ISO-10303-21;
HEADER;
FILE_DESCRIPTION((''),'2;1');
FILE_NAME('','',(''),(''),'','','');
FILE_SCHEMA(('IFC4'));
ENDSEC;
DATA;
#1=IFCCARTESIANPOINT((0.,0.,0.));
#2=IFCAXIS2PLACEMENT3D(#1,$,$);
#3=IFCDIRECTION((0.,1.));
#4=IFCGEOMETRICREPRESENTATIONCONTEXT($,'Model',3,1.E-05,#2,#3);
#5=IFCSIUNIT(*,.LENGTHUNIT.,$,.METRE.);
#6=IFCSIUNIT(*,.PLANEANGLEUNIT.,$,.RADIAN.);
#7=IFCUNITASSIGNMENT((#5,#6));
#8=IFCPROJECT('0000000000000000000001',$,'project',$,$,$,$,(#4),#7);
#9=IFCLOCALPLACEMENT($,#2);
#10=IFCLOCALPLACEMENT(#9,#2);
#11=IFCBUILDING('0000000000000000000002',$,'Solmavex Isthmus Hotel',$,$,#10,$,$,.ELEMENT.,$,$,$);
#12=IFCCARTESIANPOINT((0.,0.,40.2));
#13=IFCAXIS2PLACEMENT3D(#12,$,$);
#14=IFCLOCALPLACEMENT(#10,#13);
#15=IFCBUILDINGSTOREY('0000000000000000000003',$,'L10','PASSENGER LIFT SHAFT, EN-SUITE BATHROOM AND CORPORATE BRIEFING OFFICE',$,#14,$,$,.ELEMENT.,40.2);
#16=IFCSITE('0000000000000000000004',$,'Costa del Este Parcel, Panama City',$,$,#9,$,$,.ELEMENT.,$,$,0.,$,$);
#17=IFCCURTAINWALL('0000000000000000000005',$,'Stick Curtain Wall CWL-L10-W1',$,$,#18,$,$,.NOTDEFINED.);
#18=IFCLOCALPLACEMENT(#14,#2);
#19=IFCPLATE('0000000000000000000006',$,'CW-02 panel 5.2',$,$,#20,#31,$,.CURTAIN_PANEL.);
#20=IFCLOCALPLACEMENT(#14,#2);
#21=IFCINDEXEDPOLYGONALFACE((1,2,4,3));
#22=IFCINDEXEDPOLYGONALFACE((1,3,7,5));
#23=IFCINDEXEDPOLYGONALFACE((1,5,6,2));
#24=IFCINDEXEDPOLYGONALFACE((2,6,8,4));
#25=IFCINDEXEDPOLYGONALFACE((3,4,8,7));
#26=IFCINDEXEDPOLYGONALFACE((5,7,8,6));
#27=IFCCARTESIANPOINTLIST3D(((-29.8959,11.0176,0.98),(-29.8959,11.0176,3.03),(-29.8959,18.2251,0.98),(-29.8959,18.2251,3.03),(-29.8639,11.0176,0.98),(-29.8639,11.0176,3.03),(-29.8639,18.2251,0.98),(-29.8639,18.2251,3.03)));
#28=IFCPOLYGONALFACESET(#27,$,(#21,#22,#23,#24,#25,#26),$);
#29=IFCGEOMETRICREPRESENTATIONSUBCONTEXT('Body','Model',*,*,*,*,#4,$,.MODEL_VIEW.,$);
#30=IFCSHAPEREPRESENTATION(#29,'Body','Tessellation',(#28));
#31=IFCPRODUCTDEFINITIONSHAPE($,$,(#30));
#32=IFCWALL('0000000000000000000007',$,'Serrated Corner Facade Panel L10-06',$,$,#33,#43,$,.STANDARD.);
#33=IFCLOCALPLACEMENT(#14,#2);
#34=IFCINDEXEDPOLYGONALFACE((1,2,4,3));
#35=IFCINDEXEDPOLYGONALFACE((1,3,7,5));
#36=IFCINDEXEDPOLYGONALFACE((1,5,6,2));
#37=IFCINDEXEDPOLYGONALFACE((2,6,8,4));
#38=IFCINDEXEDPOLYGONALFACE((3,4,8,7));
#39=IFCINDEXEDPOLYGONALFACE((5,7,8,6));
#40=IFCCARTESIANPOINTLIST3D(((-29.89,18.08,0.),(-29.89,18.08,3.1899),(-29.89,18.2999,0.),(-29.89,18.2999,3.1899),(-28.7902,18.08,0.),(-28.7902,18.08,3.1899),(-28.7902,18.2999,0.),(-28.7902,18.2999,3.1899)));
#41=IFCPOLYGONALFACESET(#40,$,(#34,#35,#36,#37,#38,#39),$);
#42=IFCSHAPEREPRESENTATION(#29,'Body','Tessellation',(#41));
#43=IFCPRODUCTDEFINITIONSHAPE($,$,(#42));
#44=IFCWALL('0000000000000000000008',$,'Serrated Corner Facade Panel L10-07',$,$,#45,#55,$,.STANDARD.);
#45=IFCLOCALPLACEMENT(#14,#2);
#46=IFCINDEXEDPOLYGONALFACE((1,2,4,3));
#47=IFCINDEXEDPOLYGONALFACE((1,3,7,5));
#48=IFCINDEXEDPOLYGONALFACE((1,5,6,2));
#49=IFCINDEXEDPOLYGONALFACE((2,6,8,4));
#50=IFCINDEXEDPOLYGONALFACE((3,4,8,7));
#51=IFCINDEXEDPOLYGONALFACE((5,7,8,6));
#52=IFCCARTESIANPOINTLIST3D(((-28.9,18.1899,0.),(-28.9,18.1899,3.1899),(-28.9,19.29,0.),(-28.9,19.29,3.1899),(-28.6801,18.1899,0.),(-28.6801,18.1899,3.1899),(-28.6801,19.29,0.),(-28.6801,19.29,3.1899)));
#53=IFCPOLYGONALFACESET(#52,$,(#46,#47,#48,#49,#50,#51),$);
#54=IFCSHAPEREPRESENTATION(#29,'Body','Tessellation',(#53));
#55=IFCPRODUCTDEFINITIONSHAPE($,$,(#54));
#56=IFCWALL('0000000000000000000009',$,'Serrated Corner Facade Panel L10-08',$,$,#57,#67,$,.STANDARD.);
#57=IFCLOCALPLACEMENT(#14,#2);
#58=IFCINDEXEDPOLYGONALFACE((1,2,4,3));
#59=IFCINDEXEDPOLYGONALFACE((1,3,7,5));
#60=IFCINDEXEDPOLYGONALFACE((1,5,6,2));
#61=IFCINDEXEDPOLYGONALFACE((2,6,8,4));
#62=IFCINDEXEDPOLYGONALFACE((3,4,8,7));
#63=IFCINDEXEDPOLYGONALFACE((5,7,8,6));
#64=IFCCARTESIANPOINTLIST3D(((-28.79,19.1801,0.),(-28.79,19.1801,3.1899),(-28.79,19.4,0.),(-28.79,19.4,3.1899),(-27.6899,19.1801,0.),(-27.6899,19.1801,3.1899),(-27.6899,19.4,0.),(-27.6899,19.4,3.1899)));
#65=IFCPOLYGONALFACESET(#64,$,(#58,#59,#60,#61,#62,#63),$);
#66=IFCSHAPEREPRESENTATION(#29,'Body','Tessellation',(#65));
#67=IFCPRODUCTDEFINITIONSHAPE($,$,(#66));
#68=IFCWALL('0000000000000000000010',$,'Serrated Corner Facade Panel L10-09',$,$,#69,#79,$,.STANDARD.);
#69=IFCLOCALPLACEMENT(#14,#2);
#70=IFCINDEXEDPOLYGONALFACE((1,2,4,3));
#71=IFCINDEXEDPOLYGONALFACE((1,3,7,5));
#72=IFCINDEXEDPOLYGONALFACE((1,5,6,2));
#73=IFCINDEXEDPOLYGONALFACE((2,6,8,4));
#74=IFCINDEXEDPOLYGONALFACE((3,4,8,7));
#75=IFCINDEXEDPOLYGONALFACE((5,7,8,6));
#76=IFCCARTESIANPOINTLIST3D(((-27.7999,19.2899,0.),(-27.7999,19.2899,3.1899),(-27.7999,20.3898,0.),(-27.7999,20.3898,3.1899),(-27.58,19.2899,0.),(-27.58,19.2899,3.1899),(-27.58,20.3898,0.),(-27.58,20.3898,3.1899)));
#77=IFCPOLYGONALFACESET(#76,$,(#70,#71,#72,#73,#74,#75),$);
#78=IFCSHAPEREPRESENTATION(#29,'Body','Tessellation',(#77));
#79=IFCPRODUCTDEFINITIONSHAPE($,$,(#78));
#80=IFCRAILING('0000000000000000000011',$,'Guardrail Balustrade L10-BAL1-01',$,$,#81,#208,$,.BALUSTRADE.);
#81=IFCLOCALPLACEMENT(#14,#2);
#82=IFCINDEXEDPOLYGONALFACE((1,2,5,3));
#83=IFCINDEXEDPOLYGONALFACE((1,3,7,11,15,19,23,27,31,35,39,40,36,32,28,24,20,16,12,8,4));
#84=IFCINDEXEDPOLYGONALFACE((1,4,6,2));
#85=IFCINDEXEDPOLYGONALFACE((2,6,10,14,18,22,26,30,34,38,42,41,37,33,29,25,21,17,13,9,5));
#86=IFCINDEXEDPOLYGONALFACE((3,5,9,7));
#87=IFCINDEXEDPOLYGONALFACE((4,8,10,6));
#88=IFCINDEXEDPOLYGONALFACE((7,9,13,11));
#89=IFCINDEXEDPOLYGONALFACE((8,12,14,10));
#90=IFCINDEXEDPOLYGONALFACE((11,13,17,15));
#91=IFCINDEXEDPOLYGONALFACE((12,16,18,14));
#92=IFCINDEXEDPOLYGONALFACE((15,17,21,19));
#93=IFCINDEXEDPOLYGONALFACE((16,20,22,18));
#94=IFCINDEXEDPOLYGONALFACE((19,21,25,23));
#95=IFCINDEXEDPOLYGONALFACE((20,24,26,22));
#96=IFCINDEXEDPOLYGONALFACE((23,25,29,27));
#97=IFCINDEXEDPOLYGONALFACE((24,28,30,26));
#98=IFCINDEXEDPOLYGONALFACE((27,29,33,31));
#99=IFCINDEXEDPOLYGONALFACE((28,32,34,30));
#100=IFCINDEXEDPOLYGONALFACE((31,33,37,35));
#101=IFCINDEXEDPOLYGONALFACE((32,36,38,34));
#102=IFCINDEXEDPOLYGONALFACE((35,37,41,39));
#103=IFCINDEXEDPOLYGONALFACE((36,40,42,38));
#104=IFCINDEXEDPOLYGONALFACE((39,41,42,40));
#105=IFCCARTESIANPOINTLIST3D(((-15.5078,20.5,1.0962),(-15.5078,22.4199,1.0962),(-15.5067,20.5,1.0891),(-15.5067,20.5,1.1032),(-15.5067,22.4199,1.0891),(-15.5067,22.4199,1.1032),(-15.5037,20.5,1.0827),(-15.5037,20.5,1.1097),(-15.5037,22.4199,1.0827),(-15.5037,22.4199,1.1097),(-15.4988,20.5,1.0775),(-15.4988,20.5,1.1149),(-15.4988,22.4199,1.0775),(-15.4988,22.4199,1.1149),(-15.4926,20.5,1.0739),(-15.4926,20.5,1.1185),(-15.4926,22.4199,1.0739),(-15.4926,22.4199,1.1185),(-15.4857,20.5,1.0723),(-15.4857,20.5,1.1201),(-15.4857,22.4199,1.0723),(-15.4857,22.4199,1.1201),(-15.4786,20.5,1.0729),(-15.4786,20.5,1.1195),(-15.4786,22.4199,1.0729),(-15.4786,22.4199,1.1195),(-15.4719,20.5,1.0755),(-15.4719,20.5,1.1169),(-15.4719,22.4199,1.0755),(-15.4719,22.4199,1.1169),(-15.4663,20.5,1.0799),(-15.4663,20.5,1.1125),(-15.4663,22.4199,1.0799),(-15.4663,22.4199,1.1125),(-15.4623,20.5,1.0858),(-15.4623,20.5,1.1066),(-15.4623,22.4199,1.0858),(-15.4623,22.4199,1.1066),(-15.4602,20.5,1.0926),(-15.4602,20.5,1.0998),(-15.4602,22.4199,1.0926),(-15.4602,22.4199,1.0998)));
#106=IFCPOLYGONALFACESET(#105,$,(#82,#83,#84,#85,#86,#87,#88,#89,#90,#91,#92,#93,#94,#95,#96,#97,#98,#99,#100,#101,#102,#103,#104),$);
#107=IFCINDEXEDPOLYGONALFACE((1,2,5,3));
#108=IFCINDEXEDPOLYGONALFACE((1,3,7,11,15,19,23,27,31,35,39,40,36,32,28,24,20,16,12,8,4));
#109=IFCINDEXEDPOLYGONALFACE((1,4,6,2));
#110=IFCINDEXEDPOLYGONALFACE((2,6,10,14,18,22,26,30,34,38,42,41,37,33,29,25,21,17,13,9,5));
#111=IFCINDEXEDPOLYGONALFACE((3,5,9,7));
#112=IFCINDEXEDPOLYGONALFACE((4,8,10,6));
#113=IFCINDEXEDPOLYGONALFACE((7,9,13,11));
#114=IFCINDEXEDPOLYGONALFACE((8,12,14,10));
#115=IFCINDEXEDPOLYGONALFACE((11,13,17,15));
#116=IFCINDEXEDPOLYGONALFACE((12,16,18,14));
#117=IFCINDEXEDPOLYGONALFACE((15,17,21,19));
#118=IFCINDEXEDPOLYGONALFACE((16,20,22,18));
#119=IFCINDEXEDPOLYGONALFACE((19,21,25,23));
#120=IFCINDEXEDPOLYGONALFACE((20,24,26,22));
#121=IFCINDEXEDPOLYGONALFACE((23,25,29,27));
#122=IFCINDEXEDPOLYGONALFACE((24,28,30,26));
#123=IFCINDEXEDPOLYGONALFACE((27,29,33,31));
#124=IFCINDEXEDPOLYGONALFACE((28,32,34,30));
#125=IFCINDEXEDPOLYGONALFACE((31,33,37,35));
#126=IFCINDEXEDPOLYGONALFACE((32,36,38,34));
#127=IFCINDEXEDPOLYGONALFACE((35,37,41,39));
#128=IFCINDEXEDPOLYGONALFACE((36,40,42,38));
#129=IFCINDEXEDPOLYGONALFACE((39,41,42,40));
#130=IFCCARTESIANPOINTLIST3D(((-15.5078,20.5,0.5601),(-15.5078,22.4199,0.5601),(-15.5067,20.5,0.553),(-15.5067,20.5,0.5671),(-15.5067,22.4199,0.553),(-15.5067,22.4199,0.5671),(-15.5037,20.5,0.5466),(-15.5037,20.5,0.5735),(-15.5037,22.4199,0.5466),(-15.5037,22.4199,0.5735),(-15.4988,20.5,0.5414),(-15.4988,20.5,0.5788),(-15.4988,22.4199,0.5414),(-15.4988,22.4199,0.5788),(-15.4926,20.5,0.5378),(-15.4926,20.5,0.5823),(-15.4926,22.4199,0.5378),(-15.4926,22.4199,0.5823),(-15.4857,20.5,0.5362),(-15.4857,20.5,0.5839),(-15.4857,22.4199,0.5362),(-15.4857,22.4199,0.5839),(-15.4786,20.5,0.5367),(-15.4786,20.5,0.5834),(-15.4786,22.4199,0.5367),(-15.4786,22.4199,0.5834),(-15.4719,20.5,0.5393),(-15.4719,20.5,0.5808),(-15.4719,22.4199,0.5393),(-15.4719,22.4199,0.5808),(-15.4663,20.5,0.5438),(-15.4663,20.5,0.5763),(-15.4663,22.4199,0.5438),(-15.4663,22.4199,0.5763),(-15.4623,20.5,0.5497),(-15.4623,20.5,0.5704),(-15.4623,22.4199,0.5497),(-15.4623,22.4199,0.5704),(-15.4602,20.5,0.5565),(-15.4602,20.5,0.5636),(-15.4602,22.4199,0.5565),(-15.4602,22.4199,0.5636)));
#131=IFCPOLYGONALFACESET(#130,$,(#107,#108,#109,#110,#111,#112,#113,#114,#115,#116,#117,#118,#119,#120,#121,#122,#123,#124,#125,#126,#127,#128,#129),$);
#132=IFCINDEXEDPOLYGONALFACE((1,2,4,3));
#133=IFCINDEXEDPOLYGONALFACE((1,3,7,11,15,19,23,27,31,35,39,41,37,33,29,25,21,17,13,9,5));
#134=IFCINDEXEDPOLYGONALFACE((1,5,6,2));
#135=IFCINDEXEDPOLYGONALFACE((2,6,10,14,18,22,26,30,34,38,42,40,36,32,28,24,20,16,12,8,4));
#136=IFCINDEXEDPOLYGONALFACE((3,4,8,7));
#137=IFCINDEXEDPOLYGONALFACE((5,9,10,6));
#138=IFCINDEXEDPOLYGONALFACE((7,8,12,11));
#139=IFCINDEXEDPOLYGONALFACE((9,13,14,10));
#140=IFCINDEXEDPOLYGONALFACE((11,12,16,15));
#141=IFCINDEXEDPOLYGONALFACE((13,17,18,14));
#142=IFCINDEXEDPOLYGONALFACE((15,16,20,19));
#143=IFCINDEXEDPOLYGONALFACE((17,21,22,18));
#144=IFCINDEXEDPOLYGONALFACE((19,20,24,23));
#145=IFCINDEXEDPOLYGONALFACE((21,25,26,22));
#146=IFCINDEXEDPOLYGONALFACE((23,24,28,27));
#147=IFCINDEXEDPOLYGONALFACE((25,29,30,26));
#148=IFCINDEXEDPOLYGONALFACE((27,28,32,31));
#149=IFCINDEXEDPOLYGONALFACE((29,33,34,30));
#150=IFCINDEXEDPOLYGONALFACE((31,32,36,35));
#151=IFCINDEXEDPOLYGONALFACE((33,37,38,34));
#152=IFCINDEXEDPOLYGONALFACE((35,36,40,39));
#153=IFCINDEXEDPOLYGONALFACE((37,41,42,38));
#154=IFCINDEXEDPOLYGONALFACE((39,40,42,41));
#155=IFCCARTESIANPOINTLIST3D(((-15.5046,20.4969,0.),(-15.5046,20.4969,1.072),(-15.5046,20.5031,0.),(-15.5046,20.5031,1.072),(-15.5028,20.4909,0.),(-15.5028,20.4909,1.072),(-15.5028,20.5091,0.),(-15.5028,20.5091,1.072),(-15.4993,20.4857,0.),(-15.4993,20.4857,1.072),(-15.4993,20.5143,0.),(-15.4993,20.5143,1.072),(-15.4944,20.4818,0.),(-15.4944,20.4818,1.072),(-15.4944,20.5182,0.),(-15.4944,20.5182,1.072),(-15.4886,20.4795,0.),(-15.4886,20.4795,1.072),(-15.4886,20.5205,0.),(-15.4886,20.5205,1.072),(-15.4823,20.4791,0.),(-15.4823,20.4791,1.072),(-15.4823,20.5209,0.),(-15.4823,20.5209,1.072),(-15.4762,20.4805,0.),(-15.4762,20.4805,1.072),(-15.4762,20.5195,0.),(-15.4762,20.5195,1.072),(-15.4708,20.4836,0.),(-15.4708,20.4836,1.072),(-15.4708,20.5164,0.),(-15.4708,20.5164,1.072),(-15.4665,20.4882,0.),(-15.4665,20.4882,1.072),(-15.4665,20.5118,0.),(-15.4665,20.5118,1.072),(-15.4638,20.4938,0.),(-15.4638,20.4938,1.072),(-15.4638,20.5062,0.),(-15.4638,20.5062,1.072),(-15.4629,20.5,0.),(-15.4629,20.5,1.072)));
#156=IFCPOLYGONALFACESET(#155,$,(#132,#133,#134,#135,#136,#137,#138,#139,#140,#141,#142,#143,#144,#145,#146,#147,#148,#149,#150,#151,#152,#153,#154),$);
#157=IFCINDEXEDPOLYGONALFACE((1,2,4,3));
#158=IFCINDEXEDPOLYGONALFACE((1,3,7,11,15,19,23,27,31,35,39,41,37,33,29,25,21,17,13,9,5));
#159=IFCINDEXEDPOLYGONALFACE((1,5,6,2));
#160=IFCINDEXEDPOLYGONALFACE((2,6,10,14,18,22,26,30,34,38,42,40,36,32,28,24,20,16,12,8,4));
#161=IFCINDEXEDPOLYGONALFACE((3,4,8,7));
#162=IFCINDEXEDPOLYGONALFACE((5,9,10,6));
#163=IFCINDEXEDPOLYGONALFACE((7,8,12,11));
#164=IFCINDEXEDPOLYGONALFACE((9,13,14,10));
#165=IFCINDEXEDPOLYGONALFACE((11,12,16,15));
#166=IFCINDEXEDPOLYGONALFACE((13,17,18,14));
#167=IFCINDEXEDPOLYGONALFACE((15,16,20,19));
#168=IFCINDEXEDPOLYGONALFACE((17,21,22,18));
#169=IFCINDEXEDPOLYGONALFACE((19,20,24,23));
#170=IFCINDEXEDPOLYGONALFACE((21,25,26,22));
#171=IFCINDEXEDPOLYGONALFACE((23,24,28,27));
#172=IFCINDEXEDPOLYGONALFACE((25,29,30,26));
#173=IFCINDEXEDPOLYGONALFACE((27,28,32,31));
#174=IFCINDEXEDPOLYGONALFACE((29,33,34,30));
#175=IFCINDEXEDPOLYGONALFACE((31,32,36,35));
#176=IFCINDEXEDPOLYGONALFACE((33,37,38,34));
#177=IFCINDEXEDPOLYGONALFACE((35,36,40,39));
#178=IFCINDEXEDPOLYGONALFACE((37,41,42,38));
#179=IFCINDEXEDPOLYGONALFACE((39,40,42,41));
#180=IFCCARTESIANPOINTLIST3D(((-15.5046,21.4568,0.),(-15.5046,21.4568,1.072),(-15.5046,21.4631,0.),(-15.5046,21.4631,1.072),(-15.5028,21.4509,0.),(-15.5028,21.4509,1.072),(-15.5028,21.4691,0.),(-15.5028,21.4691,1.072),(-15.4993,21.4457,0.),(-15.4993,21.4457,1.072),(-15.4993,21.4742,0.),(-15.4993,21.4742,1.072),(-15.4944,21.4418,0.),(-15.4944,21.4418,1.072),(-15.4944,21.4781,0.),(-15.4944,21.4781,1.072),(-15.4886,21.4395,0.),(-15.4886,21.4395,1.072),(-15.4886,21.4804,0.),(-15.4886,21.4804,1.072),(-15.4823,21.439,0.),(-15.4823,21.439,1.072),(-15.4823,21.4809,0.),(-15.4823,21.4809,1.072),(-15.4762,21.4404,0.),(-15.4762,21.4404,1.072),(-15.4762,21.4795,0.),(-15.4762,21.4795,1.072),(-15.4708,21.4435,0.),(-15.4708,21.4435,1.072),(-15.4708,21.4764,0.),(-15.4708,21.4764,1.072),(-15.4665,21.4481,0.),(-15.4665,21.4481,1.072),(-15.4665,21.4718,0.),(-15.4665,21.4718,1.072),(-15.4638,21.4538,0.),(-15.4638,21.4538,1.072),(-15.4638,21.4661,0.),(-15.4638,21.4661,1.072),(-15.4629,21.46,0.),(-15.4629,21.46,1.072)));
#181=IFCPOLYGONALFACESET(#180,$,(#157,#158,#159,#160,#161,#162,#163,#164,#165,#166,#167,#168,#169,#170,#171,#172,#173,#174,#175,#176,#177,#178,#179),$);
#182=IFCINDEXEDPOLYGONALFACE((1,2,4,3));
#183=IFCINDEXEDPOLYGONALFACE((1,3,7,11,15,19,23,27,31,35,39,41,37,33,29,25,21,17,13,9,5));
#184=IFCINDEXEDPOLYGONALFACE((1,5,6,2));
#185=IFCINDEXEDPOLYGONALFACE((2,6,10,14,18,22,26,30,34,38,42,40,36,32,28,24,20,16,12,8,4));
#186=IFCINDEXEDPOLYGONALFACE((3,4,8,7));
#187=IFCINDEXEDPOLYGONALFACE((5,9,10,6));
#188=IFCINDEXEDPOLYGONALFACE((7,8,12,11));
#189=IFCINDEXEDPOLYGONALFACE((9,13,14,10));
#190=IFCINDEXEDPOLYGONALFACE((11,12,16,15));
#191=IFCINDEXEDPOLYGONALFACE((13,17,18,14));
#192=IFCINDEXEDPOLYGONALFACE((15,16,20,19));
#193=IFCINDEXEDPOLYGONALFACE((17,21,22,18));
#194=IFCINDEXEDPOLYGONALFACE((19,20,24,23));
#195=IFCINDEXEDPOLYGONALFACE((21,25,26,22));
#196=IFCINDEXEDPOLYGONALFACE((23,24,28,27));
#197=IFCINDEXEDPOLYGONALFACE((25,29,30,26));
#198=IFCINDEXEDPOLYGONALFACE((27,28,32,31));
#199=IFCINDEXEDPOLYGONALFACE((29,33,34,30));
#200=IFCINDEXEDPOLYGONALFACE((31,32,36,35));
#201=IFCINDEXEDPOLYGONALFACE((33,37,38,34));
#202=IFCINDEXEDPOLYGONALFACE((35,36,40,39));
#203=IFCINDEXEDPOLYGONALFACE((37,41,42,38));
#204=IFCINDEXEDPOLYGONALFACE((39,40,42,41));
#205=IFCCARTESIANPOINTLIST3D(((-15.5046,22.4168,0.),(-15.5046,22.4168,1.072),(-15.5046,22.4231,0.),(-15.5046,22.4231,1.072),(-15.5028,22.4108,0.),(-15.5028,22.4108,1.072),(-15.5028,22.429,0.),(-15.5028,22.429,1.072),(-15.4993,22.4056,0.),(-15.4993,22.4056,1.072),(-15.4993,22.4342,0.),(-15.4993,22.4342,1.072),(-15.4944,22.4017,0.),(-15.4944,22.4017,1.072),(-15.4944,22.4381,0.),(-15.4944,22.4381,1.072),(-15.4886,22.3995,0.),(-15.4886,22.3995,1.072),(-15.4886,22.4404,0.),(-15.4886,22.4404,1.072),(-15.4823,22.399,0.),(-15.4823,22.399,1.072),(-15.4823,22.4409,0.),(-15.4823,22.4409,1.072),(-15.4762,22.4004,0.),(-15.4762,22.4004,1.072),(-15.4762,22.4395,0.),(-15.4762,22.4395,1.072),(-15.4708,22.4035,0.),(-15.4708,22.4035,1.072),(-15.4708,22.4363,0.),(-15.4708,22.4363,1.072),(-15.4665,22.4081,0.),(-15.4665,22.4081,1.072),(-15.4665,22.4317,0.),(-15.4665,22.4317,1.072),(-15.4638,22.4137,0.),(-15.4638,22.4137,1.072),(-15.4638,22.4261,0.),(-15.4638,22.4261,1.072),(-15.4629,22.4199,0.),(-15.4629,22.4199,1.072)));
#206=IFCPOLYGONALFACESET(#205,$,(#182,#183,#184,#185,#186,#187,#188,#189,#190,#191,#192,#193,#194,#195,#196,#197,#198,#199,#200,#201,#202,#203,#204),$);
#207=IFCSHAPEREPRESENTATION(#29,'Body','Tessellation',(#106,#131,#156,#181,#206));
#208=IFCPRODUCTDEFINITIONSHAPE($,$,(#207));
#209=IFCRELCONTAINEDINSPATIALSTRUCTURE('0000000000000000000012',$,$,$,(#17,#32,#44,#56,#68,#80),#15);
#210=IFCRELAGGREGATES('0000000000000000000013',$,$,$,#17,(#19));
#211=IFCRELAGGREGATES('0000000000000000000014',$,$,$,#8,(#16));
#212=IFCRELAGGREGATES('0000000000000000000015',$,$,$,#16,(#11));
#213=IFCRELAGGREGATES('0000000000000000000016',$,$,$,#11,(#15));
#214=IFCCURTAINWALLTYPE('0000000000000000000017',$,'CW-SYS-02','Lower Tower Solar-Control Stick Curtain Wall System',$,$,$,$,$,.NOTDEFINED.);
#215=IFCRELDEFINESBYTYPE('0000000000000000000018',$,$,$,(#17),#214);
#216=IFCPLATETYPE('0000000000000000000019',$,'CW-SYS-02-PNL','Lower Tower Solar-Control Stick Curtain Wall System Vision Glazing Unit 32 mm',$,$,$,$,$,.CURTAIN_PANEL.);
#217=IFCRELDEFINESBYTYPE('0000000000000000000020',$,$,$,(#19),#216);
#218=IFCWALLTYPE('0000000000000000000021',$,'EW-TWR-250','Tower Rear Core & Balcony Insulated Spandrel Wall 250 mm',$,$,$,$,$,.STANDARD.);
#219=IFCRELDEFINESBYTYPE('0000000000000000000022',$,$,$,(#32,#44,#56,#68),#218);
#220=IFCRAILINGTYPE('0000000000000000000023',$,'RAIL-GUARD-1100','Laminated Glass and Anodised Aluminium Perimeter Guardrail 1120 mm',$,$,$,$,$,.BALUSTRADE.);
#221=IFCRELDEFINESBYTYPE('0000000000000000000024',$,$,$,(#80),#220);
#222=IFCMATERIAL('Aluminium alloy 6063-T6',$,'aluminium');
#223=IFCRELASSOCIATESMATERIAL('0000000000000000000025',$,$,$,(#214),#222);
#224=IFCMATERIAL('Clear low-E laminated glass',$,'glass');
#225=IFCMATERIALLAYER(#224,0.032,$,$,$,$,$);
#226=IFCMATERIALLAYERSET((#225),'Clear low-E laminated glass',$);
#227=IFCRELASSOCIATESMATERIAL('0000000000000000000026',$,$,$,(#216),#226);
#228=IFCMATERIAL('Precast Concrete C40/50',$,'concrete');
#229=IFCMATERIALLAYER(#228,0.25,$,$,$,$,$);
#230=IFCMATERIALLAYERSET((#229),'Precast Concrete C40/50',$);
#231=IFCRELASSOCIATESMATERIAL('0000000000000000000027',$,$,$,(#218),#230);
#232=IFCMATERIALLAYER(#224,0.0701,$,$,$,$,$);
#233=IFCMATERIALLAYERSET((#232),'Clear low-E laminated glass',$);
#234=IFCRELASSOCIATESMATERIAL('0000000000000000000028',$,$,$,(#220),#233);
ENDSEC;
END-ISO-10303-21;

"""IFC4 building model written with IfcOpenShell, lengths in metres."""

from ifc_helpers import new_model, si_unit, direction, frame, frame_2d, origin, origin_2d, place, context, subcontext, project, spatial, rectangle, circle, extrude, material, layer, layer_set, type_object, element, aggregate, save


model = new_model("IFC4")

# Units and contexts
model_context = context("Model", 3, precision=1e-05, world=origin(), true_north=direction((0.0, 1.0)))
body_context = subcontext(model_context, "Body", "Model", "MODEL_VIEW")
ifc_project = project(units=[si_unit("LENGTHUNIT", "METRE"), si_unit("PLANEANGLEUNIT", "RADIAN")], contexts=[model_context])

# Site, building, storey
site_placement = place(None, origin())
site = spatial("IfcSite", under=ifc_project, at=site_placement, Name="Costa del Este Parcel, Panama City", CompositionType="ELEMENT", RefElevation=0.0)
building_placement = place(site_placement, origin())
building = spatial("IfcBuilding", under=site, at=building_placement, Name="Solmavex Isthmus Hotel", CompositionType="ELEMENT")
storey_placement = place(building_placement, frame((0.0, 0.0, 40.2)))
storey = spatial("IfcBuildingStorey", under=building, at=storey_placement, Name="L10", Description="PASSENGER LIFT SHAFT, EN-SUITE BATHROOM AND CORPORATE BRIEFING OFFICE", CompositionType="ELEMENT", Elevation=40.2)

# Shared definitions
ifc_material_1 = material(Name="Aluminium alloy 6063-T6", Category="aluminium")
curtain_wall_type = type_object("IfcCurtainWallType", Name="CW-SYS-02", Description="Lower Tower Solar-Control Stick Curtain Wall System", PredefinedType="NOTDEFINED", material=ifc_material_1)

# Curtain wall
curtain_wall_1_placement = place(storey_placement, origin())
curtain_wall_1 = element("IfcCurtainWall", 1, at=curtain_wall_1_placement, inside=storey, type_object=curtain_wall_type, Name="Stick Curtain Wall CWL-L10-W1", PredefinedType="NOTDEFINED")

# Plate
ifc_material_2 = material(Name="Clear low-E laminated glass", Category="glass")
ifc_layer_1 = layer(ifc_material_2, 0.032)
ifc_layer_set_1 = layer_set([ifc_layer_1], Name="Clear low-E laminated glass")
plate_type = type_object("IfcPlateType", Name="CW-SYS-02-PNL", Description="Lower Tower Solar-Control Stick Curtain Wall System Vision Glazing Unit 32 mm", PredefinedType="CURTAIN_PANEL", material=ifc_layer_set_1)
plate_1_placement = place(storey_placement, frame((-29.8799, 14.6213, 0.98), z_axis=(0.0, 0.0, 1.0), x_axis=(0.0, 1.0, 0.0)))
plate_1 = element("IfcPlate", 2, at=plate_1_placement, type_object=plate_type, Name="CW-02 panel 5.2", PredefinedType="CURTAIN_PANEL", context=body_context, shape_type="SweptSolid", body=[
    extrude(rectangle(XDim=7.2075, YDim=0.032, at=origin_2d()), origin(), (0.0, 0.0, 1.0), 2.05),
])
aggregate(curtain_wall_1, [plate_1])

# Shared definitions
ifc_material_3 = material(Name="Precast Concrete C40/50", Category="concrete")
ifc_layer_2 = layer(ifc_material_3, 0.25)
ifc_layer_set_2 = layer_set([ifc_layer_2], Name="Precast Concrete C40/50")
wall_type = type_object("IfcWallType", Name="EW-TWR-250", Description="Tower Rear Core & Balcony Insulated Spandrel Wall 250 mm", PredefinedType="STANDARD", material=ifc_layer_set_2)

# Walls
wall_1_placement = place(storey_placement, frame((-29.8899, 18.1899, 0.0), z_axis=(0.0, 0.0, 1.0), x_axis=(1.0, 0.0, 0.0)))
element("IfcWall", 3, at=wall_1_placement, inside=storey, type_object=wall_type, Name="Serrated Corner Facade Panel L10-06", PredefinedType="STANDARD", context=body_context, shape_type="SweptSolid", body=[
    extrude(rectangle(XDim=1.0999, YDim=0.22, at=frame_2d((0.5498, 0.0))), origin(), (0.0, 0.0, 1.0), 3.1899),
])
for number, where, z_axis, x_axis, name in (
    (4, (-28.79, 18.1899, 0.0), (0.0, 0.0, 1.0), (0.0, 1.0, 0.0), "Serrated Corner Facade Panel L10-07"),
    (5, (-28.79, 19.29, 0.0), (0.0, 0.0, 1.0), (1.0, 0.0, 0.0), "Serrated Corner Facade Panel L10-08"),
):
    element("IfcWall", number, at=place(storey_placement, frame(where, z_axis=z_axis, x_axis=x_axis)), inside=storey, type_object=wall_type, Name=name, PredefinedType="STANDARD", context=body_context, shape_type="SweptSolid", body=[
        extrude(rectangle(XDim=1.1001, YDim=0.22, at=frame_2d((0.55, 0.0))), origin(), (0.0, 0.0, 1.0), 3.1899),
    ])
wall_2_placement = place(storey_placement, frame((-27.6899, 19.29, 0.0), z_axis=(0.0, 0.0, 1.0), x_axis=(0.0, 1.0, 0.0)))
element("IfcWall", 6, at=wall_2_placement, inside=storey, type_object=wall_type, Name="Serrated Corner Facade Panel L10-09", PredefinedType="STANDARD", context=body_context, shape_type="SweptSolid", body=[
    extrude(rectangle(XDim=1.0999, YDim=0.22, at=frame_2d((0.5498, 0.0))), origin(), (0.0, 0.0, 1.0), 3.1899),
])

# Railing
ifc_layer_3 = layer(ifc_material_2, 0.0701)
ifc_layer_set_3 = layer_set([ifc_layer_3], Name="Clear low-E laminated glass")
railing_type = type_object("IfcRailingType", Name="RAIL-GUARD-1100", Description="Laminated Glass and Anodised Aluminium Perimeter Guardrail 1120 mm", PredefinedType="BALUSTRADE", material=ifc_layer_set_3)
railing_1_placement = place(storey_placement, frame((-15.4839, 20.5, 0.0)))
element("IfcRailing", 7, at=railing_1_placement, inside=storey, type_object=railing_type, Name="Guardrail Balustrade L10-BAL1-01", PredefinedType="BALUSTRADE", context=body_context, shape_type="SweptSolid", body=[
    extrude(circle(Radius=0.0239, at=origin_2d()), frame((0.0, 0.0, 1.0962), z_axis=(0.0, 1.0, 0.0), x_axis=(-1.0, 0.0, 0.0)), (0.0, 0.0, 1.0), 1.9199),
    extrude(circle(Radius=0.0239, at=origin_2d()), frame((0.0, 0.0, 0.5601), z_axis=(0.0, 1.0, 0.0), x_axis=(-1.0, 0.0, 0.0)), (0.0, 0.0, 1.0), 1.9199),
    extrude(circle(Radius=0.021, at=origin_2d()), origin(), (0.0, 0.0, 1.0), 1.072),
    extrude(circle(Radius=0.021, at=origin_2d()), frame((0.0, 0.96, 0.0)), (0.0, 0.0, 1.0), 1.072),
    extrude(circle(Radius=0.021, at=origin_2d()), frame((0.0, 1.9199, 0.0)), (0.0, 0.0, 1.0), 1.072),
])

save(model, "model.ifc")
